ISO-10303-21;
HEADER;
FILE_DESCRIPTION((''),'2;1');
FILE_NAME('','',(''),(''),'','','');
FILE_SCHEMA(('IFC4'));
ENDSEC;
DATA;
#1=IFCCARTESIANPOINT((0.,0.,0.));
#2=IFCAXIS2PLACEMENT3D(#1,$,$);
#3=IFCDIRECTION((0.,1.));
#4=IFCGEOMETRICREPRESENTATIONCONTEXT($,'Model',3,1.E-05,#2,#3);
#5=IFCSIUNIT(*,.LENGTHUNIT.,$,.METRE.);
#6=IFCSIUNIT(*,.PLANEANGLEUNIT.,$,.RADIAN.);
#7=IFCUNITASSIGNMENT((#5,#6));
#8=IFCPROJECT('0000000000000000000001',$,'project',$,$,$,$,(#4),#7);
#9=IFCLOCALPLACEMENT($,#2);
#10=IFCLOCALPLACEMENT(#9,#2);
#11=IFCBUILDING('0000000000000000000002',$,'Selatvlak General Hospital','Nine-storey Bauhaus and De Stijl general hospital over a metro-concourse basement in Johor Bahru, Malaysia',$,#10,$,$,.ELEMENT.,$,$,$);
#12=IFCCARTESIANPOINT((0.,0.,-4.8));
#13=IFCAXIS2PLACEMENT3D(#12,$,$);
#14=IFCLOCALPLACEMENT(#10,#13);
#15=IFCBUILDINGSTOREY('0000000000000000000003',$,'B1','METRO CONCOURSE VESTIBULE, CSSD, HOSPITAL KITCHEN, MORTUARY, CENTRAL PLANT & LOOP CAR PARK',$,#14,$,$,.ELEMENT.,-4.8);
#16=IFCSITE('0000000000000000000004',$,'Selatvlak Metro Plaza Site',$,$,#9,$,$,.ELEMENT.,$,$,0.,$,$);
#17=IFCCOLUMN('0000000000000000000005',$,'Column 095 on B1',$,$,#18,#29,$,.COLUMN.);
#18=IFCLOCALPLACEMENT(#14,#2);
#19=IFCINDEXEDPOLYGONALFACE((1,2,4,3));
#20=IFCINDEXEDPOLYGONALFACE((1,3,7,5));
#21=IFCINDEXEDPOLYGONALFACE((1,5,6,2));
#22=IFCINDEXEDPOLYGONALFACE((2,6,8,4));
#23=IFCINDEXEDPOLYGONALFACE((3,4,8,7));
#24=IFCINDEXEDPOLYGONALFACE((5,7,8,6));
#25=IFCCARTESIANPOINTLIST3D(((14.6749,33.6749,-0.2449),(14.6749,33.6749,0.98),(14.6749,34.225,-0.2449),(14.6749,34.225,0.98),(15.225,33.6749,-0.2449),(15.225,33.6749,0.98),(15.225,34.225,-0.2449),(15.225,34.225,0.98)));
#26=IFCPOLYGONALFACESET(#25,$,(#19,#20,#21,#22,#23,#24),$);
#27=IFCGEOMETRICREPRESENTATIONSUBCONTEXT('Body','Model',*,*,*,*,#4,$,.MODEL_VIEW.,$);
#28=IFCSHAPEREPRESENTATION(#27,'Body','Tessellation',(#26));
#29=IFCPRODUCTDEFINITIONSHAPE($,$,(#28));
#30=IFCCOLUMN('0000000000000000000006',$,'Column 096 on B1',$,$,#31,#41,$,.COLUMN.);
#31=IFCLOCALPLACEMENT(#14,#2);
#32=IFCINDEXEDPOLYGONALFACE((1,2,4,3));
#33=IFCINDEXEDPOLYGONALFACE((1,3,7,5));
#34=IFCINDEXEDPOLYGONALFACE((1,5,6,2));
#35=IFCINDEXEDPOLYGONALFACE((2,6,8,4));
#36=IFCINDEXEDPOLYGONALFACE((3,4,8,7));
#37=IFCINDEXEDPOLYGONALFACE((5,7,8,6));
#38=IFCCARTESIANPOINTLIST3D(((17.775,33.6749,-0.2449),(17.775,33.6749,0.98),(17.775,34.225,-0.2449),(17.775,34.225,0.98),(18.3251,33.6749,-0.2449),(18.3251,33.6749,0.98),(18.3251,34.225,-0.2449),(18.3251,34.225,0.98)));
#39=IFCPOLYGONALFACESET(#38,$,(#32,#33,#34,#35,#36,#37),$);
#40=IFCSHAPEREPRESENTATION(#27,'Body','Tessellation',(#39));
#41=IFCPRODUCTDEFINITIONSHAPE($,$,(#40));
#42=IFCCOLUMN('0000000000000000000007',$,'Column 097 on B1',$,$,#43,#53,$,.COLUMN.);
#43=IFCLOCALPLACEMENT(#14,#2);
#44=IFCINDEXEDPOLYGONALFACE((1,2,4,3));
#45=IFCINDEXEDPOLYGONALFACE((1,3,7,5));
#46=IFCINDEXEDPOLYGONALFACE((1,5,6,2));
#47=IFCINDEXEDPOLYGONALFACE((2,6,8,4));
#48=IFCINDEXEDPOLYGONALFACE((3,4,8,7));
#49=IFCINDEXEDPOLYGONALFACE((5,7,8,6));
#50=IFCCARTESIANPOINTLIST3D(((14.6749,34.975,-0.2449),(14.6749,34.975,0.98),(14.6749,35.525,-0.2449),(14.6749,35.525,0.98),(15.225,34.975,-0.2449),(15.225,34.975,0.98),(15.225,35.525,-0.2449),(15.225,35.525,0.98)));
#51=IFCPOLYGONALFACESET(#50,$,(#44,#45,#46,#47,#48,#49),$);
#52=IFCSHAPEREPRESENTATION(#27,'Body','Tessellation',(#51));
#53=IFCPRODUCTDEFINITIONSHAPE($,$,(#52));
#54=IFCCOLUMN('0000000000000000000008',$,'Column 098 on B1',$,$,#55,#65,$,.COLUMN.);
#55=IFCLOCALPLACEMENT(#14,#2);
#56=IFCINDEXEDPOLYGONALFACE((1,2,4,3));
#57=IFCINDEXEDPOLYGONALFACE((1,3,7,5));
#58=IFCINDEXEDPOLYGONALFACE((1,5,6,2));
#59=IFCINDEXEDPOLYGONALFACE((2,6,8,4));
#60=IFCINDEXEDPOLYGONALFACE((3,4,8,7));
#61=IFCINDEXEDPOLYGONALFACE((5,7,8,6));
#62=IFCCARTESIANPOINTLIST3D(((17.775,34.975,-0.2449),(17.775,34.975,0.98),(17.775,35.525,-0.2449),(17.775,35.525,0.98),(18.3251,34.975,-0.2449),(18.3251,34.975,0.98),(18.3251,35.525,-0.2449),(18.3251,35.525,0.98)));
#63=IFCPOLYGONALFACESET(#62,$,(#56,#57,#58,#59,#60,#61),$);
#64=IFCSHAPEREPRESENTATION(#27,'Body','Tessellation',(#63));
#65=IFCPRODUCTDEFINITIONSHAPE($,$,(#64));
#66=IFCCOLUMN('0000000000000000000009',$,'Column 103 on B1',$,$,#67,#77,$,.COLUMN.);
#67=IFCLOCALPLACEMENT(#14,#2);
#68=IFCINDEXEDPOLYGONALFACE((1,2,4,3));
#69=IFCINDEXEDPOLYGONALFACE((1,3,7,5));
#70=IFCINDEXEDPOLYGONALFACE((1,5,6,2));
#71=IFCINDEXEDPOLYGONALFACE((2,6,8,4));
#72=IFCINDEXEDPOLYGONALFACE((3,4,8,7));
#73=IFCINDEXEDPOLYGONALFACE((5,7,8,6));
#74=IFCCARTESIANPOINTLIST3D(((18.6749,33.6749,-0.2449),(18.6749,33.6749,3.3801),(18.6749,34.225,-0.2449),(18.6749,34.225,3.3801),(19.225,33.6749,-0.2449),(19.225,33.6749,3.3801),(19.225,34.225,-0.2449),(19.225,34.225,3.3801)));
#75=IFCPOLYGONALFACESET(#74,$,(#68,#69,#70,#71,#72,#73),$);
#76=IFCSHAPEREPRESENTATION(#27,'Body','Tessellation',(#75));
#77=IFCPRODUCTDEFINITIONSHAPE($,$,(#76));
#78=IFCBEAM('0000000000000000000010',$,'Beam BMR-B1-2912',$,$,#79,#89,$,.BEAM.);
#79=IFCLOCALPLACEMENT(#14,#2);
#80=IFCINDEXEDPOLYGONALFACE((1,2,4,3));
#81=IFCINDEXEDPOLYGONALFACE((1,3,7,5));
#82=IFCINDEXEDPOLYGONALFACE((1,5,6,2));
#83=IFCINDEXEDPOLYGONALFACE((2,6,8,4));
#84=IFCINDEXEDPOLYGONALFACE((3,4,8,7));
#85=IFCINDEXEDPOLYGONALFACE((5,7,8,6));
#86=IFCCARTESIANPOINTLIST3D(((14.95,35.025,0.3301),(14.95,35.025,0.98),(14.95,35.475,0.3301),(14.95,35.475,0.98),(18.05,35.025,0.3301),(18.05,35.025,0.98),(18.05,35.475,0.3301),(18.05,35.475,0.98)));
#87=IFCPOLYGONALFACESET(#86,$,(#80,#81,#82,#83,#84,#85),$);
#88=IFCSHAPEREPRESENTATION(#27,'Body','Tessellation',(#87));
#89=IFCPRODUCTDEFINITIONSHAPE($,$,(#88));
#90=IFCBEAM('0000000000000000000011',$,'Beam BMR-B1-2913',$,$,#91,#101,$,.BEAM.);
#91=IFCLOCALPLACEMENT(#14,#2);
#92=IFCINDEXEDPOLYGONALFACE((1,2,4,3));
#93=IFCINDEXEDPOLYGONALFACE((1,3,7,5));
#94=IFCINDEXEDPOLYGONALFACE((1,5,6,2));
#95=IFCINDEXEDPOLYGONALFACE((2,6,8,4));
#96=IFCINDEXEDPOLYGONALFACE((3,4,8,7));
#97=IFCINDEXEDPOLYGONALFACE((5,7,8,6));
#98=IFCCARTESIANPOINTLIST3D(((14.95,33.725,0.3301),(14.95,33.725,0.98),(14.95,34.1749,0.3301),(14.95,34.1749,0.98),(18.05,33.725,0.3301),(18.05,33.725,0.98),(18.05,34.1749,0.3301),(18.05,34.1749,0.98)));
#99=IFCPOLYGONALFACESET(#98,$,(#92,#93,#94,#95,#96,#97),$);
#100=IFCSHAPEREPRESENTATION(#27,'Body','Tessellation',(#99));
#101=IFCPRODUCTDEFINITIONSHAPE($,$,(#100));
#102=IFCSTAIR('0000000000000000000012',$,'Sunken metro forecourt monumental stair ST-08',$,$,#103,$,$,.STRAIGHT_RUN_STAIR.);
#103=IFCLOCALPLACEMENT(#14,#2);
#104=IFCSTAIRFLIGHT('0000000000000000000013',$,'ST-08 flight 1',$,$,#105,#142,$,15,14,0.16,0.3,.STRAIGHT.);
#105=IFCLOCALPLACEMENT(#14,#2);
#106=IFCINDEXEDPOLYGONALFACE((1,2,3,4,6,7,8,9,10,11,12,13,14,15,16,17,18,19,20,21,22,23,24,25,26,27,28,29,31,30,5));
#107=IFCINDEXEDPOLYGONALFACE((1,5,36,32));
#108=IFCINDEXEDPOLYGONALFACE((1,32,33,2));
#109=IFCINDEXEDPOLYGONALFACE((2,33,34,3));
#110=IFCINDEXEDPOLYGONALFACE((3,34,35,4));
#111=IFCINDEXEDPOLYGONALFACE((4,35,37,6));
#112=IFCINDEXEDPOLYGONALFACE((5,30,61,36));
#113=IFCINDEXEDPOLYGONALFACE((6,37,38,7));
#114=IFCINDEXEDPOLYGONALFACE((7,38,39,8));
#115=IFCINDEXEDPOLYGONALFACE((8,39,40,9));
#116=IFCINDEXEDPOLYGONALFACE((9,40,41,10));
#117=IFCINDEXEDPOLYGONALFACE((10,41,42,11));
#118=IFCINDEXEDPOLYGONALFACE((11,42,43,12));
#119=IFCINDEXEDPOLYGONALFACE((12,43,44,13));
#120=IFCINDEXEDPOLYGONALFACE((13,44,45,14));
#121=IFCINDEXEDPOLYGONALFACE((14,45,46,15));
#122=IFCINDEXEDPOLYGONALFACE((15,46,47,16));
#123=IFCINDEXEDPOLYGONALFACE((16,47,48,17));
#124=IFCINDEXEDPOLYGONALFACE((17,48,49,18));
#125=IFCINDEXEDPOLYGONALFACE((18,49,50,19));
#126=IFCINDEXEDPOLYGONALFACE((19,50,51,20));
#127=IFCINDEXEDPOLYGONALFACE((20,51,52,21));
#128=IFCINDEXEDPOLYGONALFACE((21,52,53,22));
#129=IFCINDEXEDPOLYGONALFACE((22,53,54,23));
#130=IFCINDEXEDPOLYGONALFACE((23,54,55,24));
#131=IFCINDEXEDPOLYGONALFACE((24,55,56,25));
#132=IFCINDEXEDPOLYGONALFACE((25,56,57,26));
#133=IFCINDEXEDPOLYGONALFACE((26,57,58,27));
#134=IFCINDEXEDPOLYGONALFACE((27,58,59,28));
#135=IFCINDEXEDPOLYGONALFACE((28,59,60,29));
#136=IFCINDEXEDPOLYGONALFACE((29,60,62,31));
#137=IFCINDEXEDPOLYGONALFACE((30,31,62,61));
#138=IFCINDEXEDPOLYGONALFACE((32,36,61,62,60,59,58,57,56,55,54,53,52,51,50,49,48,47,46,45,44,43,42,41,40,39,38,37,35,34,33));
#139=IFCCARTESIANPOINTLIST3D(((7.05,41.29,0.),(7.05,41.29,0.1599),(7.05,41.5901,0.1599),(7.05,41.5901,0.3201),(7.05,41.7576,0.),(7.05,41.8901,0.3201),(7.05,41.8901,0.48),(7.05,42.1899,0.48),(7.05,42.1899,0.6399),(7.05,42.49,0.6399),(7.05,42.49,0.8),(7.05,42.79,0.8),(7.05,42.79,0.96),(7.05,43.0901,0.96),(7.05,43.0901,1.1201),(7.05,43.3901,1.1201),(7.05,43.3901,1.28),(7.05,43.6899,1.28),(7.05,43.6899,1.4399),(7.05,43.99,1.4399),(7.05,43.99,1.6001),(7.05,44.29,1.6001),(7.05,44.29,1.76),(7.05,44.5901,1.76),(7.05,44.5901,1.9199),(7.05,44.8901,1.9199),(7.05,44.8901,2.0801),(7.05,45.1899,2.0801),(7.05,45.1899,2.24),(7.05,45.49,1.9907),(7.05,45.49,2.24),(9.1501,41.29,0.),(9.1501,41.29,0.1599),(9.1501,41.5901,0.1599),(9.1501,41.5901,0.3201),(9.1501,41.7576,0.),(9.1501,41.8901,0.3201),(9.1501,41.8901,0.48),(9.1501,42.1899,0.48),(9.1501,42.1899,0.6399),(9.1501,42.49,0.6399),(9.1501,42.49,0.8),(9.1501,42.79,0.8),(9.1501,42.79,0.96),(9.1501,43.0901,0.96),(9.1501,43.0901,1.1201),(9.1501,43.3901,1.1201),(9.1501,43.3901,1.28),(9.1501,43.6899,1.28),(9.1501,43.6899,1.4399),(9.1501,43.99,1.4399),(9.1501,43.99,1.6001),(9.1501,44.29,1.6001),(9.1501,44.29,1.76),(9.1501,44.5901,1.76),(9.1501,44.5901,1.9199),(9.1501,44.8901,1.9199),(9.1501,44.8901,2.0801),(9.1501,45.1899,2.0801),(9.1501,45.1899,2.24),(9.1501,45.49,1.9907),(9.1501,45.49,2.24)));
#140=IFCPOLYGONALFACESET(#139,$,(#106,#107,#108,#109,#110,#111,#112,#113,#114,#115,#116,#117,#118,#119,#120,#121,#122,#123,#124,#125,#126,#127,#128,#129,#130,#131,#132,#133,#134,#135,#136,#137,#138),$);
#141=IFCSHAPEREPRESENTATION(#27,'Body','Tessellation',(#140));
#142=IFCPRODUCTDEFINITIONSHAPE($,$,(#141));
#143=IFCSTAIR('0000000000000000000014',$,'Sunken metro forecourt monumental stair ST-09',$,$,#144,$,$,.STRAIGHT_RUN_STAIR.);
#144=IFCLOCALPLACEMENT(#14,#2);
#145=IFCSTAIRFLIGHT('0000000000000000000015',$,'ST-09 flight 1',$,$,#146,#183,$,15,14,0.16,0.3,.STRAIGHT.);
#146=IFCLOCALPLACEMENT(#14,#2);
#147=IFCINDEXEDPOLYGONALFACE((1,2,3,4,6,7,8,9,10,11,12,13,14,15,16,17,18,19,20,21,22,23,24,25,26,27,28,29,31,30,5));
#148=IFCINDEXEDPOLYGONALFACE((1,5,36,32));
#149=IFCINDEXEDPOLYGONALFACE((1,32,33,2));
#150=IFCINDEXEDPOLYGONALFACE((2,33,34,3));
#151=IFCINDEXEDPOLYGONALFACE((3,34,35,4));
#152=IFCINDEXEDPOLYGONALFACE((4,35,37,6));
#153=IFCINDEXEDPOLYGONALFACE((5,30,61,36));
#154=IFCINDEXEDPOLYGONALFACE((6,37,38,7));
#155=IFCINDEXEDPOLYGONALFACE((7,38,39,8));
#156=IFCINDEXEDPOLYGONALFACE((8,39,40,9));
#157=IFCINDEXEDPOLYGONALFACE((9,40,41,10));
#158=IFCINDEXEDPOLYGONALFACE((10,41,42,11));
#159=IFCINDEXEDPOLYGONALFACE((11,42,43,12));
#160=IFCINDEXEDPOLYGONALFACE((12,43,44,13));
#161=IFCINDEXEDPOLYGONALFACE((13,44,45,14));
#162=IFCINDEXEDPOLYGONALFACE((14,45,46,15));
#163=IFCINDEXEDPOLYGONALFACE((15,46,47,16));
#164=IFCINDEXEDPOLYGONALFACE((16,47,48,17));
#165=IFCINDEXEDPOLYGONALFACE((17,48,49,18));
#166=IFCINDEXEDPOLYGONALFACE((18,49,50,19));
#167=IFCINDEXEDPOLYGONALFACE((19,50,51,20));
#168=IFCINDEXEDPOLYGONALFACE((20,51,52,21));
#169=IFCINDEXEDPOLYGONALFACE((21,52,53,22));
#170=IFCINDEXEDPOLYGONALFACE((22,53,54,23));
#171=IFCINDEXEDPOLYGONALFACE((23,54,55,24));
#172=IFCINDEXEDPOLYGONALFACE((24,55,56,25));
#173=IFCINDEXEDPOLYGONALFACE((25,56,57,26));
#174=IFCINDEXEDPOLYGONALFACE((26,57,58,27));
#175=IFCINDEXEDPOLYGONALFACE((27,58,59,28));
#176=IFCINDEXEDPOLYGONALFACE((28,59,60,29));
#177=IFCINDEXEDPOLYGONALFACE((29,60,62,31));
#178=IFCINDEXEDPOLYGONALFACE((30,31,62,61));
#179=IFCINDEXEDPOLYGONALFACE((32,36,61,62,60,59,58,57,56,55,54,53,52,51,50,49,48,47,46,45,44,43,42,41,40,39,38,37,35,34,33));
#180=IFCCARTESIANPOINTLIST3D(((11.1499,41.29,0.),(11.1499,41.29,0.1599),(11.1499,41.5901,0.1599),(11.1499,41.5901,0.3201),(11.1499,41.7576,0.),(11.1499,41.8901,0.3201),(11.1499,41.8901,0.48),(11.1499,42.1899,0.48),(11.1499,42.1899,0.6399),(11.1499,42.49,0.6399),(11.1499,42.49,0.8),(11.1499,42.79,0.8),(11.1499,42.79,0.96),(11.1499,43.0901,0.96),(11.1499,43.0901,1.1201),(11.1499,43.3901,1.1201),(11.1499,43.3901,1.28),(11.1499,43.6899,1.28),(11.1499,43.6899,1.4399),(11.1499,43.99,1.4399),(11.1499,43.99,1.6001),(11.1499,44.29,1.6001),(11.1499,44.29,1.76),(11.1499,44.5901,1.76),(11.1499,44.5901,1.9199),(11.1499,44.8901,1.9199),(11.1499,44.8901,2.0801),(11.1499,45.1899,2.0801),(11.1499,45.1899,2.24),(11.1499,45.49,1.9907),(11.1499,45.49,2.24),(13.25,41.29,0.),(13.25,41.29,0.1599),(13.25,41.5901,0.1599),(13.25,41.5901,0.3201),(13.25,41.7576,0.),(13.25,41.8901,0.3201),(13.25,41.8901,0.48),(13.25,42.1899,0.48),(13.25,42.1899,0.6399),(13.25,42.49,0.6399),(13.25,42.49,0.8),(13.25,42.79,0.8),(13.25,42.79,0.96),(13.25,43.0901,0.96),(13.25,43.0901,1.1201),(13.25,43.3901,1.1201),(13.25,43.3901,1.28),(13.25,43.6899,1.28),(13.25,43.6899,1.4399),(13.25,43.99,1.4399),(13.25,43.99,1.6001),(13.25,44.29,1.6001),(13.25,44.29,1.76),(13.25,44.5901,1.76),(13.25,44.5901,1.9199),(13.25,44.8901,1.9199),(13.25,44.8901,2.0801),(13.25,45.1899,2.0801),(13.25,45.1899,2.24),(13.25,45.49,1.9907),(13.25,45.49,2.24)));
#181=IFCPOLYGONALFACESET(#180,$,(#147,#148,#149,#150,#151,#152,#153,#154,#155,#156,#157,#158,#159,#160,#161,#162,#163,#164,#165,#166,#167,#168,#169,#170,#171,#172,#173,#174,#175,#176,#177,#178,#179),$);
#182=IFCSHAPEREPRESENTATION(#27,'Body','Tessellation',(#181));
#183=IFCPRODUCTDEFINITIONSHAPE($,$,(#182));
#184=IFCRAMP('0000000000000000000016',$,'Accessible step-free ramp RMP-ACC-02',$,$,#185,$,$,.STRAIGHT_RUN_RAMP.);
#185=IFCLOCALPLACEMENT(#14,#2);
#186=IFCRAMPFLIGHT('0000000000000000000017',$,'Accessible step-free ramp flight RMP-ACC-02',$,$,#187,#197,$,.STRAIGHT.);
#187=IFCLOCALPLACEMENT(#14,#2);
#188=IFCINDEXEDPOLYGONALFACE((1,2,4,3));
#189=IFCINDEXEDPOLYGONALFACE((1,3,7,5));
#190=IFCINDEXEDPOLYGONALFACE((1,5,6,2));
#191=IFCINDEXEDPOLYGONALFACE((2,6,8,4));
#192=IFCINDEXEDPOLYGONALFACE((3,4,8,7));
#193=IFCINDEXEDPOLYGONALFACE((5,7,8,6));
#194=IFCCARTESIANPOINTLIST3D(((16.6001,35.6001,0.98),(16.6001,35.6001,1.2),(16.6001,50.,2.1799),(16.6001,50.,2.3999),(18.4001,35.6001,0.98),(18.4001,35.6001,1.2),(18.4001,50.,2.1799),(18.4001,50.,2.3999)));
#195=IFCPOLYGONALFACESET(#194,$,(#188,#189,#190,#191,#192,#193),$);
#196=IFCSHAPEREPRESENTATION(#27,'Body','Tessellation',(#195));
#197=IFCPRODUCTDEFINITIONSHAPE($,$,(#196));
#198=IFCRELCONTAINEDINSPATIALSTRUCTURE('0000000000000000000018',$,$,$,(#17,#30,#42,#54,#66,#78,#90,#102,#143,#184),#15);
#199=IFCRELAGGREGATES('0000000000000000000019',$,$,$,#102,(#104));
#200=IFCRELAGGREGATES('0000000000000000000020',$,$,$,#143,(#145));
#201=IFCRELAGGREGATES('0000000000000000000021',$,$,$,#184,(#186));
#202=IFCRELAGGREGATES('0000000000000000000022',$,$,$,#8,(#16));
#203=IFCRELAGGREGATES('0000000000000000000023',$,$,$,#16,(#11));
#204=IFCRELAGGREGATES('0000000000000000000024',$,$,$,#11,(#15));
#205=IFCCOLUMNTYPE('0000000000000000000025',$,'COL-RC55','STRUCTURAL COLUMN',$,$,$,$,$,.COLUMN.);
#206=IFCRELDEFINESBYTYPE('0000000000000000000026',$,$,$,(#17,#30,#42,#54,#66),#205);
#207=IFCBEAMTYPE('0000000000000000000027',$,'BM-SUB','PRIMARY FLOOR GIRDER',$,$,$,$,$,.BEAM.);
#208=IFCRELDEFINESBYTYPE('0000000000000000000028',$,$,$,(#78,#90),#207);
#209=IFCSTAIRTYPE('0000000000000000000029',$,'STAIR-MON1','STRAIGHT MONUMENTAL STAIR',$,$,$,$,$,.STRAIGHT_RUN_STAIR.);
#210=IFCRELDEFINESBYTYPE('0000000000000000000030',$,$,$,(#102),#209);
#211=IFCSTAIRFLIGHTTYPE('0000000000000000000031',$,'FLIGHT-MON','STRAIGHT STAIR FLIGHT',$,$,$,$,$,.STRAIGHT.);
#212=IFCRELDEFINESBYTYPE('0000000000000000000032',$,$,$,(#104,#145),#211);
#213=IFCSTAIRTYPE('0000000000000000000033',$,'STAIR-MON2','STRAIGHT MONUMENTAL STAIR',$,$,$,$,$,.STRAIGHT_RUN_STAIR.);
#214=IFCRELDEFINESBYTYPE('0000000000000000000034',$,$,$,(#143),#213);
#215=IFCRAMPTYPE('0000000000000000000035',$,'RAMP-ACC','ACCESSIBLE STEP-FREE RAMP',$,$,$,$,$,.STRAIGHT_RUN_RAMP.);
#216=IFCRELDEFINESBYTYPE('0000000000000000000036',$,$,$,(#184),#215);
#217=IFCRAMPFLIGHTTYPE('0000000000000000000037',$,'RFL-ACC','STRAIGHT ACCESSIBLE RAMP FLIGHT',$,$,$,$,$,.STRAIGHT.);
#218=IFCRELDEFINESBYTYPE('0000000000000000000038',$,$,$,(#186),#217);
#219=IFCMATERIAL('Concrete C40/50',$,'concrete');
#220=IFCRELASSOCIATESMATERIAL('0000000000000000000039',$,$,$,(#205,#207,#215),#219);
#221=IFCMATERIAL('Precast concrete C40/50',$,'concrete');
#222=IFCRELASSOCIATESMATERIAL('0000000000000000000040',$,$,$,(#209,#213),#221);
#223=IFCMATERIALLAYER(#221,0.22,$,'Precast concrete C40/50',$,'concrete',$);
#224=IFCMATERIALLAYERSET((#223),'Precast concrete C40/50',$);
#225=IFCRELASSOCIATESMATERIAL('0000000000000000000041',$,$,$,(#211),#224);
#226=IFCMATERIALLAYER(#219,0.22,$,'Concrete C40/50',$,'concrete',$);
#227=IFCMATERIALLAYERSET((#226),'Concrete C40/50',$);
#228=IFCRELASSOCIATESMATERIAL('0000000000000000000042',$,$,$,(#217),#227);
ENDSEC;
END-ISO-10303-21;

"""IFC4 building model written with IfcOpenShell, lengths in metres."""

from ifc_helpers import new_model, si_unit, direction, frame, origin, origin_2d, place, context, subcontext, project, spatial, polyline, rectangle, outline, extrude, material, layer, layer_set, material_profile, profile_set, type_object, element, aggregate, save


model = new_model("IFC4")

# Units and contexts
model_context = context("Model", 3, precision=1e-05, world=origin(), true_north=direction((0.0, 1.0)))
body_context = subcontext(model_context, "Body", "Model", "MODEL_VIEW")
ifc_project = project(units=[si_unit("LENGTHUNIT", "METRE"), si_unit("PLANEANGLEUNIT", "RADIAN")], contexts=[model_context])

# Site, building, storey
site_placement = place(None, origin())
site = spatial("IfcSite", under=ifc_project, at=site_placement, Name="Selatvlak Metro Plaza Site", CompositionType="ELEMENT", RefElevation=0.0)
building_placement = place(site_placement, origin())
building = spatial("IfcBuilding", under=site, at=building_placement, Name="Selatvlak General Hospital", Description="Nine-storey Bauhaus and De Stijl general hospital over a metro-concourse basement in Johor Bahru, Malaysia", CompositionType="ELEMENT")
storey_placement = place(building_placement, frame((0.0, 0.0, -4.8)))
storey = spatial("IfcBuildingStorey", under=building, at=storey_placement, Name="B1", Description="METRO CONCOURSE VESTIBULE, CSSD, HOSPITAL KITCHEN, MORTUARY, CENTRAL PLANT & LOOP CAR PARK", CompositionType="ELEMENT", Elevation=-4.8)

# Shared definitions
ifc_material_1 = material(Name="Concrete C40/50", Category="concrete")

# Columns
ifc_material_profile_1 = material_profile(ifc_material_1, rectangle(XDim=0.55, YDim=0.55, at=origin_2d()), Name="RC-COL 550x550")
ifc_profile_set_1 = profile_set([ifc_material_profile_1], Name="Concrete C40/50")
column_type = type_object("IfcColumnType", Name="COL-RC55", Description="STRUCTURAL COLUMN", PredefinedType="COLUMN", material=ifc_profile_set_1)
for number, where, z_axis, x_axis, name in (
    (1, (14.95, 33.95, -0.2449), (0.0, 0.0, 1.0), (1.0, 0.0, 0.0), "Column 095 on B1"),
    (2, (18.05, 33.95, -0.2449), (0.0, 0.0, 1.0), (1.0, 0.0, 0.0), "Column 096 on B1"),
    (3, (14.95, 35.25, -0.2449), (0.0, 0.0, 1.0), (1.0, 0.0, 0.0), "Column 097 on B1"),
    (4, (18.05, 35.25, -0.2449), (0.0, 0.0, 1.0), (1.0, 0.0, 0.0), "Column 098 on B1"),
):
    element("IfcColumn", number, at=place(storey_placement, frame(where, z_axis=z_axis, x_axis=x_axis)), inside=storey, type_object=column_type, Name=name, PredefinedType="COLUMN", context=body_context, shape_type="SweptSolid", body=[
        extrude(rectangle(XDim=0.55, YDim=0.55, at=origin_2d()), origin(), (0.0, 0.0, 1.0), 1.2249),
    ])
column_placement = place(storey_placement, frame((18.95, 33.95, -0.2449), z_axis=(0.0, 0.0, 1.0), x_axis=(1.0, 0.0, 0.0)))
element("IfcColumn", 5, at=column_placement, inside=storey, type_object=column_type, Name="Column 103 on B1", PredefinedType="COLUMN", context=body_context, shape_type="SweptSolid", body=[
    extrude(rectangle(XDim=0.55, YDim=0.55, at=origin_2d()), origin(), (0.0, 0.0, 1.0), 3.625),
])

# Beams
ifc_material_profile_2 = material_profile(ifc_material_1, rectangle(XDim=0.45, YDim=0.6499, at=origin_2d()), Name="RC-BM 450x650")
ifc_profile_set_2 = profile_set([ifc_material_profile_2], Name="Concrete C40/50")
beam_type = type_object("IfcBeamType", Name="BM-SUB", Description="PRIMARY FLOOR GIRDER", PredefinedType="BEAM", material=ifc_profile_set_2)
for number, where, z_axis, x_axis, name in (
    (6, (14.95, 35.25, 0.655), (1.0, 0.0, 0.0), (0.0, 1.0, 0.0), "Beam BMR-B1-2912"),
    (7, (14.95, 33.95, 0.655), (1.0, 0.0, 0.0), (0.0, 1.0, 0.0), "Beam BMR-B1-2913"),
):
    element("IfcBeam", number, at=place(storey_placement, frame(where, z_axis=z_axis, x_axis=x_axis)), inside=storey, type_object=beam_type, Name=name, PredefinedType="BEAM", context=body_context, shape_type="SweptSolid", body=[
        extrude(rectangle(XDim=0.45, YDim=0.6499, at=origin_2d()), origin(), (0.0, 0.0, 1.0), 3.1001),
    ])

# Stairs, stair flights
ifc_material_2 = material(Name="Precast concrete C40/50", Category="concrete")
stair_type_1 = type_object("IfcStairType", Name="STAIR-MON1", Description="STRAIGHT MONUMENTAL STAIR", PredefinedType="STRAIGHT_RUN_STAIR", material=ifc_material_2)
stair_1_placement = place(storey_placement, origin())
stair_1 = element("IfcStair", 8, at=stair_1_placement, inside=storey, type_object=stair_type_1, Name="Sunken metro forecourt monumental stair ST-08", PredefinedType="STRAIGHT_RUN_STAIR")
ifc_layer_1 = layer(ifc_material_2, 0.22, Name="Precast concrete C40/50", Category="concrete")
ifc_layer_set_1 = layer_set([ifc_layer_1], Name="Precast concrete C40/50")
stair_flight_type = type_object("IfcStairFlightType", Name="FLIGHT-MON", Description="STRAIGHT STAIR FLIGHT", PredefinedType="STRAIGHT", material=ifc_layer_set_1)
stair_flight_1_placement = place(storey_placement, frame((8.1001, 41.29, 0.0), z_axis=(0.0, 0.0, 1.0), x_axis=(0.0, 1.0, 0.0)))
stair_flight_1 = element("IfcStairFlight", 9, at=stair_flight_1_placement, type_object=stair_flight_type, Name="ST-08 flight 1", NumberOfRisers=15, NumberOfTreads=14, PredefinedType="STRAIGHT", RiserHeight=0.16, TreadLength=0.3, context=body_context, shape_type="SweptSolid", body=[
    extrude(outline(polyline([(0.0, 0.0), (0.0, 0.1599), (0.3, 0.1599), (0.3, 0.3201), (0.6001, 0.3201), (0.6001, 0.48), (0.8999, 0.48), (0.8999, 0.6399), (1.2, 0.6399), (1.2, 0.8), (1.5, 0.8), (1.5, 0.96), (1.8, 0.96), (1.8, 1.1201), (2.1001, 1.1201), (2.1001, 1.28), (2.3999, 1.28), (2.3999, 1.4399), (2.7, 1.4399), (2.7, 1.6001), (3.0, 1.6001), (3.0, 1.76), (3.3, 1.76), (3.3, 1.9199), (3.6001, 1.9199), (3.6001, 2.0801), (3.8999, 2.0801), (3.8999, 2.24), (4.2, 2.24), (4.2, 2.3999), (4.2, 1.9907), (0.4675, 0.0), (0.0, 0.0)])), frame((0.0, 1.05, 0.0), z_axis=(0.0, -1.0, 0.0), x_axis=(1.0, 0.0, 0.0)), (0.0, 0.0, 1.0), 2.1001),
])
aggregate(stair_1, [stair_flight_1])
stair_type_2 = type_object("IfcStairType", Name="STAIR-MON2", Description="STRAIGHT MONUMENTAL STAIR", PredefinedType="STRAIGHT_RUN_STAIR", material=ifc_material_2)
stair_2_placement = place(storey_placement, origin())
stair_2 = element("IfcStair", 10, at=stair_2_placement, inside=storey, type_object=stair_type_2, Name="Sunken metro forecourt monumental stair ST-09", PredefinedType="STRAIGHT_RUN_STAIR")
stair_flight_2_placement = place(storey_placement, frame((12.2, 41.29, 0.0), z_axis=(0.0, 0.0, 1.0), x_axis=(0.0, 1.0, 0.0)))
stair_flight_2 = element("IfcStairFlight", 11, at=stair_flight_2_placement, type_object=stair_flight_type, Name="ST-09 flight 1", NumberOfRisers=15, NumberOfTreads=14, PredefinedType="STRAIGHT", RiserHeight=0.16, TreadLength=0.3, context=body_context, shape_type="SweptSolid", body=[
    extrude(outline(polyline([(0.0, 0.0), (0.0, 0.1599), (0.3, 0.1599), (0.3, 0.3201), (0.6001, 0.3201), (0.6001, 0.48), (0.8999, 0.48), (0.8999, 0.6399), (1.2, 0.6399), (1.2, 0.8), (1.5, 0.8), (1.5, 0.96), (1.8, 0.96), (1.8, 1.1201), (2.1001, 1.1201), (2.1001, 1.28), (2.3999, 1.28), (2.3999, 1.4399), (2.7, 1.4399), (2.7, 1.6001), (3.0, 1.6001), (3.0, 1.76), (3.3, 1.76), (3.3, 1.9199), (3.6001, 1.9199), (3.6001, 2.0801), (3.8999, 2.0801), (3.8999, 2.24), (4.2, 2.24), (4.2, 2.3999), (4.2, 1.9907), (0.4675, 0.0), (0.0, 0.0)])), frame((0.0, 1.05, 0.0), z_axis=(0.0, -1.0, 0.0), x_axis=(1.0, 0.0, 0.0)), (0.0, 0.0, 1.0), 2.1001),
])
aggregate(stair_2, [stair_flight_2])

# Ramp, ramp flight
ramp_type = type_object("IfcRampType", Name="RAMP-ACC", Description="ACCESSIBLE STEP-FREE RAMP", PredefinedType="STRAIGHT_RUN_RAMP", material=ifc_material_1)
ramp_placement = place(storey_placement, origin())
ramp = element("IfcRamp", 12, at=ramp_placement, inside=storey, type_object=ramp_type, Name="Accessible step-free ramp RMP-ACC-02", PredefinedType="STRAIGHT_RUN_RAMP")
ifc_layer_2 = layer(ifc_material_1, 0.22, Name="Concrete C40/50", Category="concrete")
ifc_layer_set_2 = layer_set([ifc_layer_2], Name="Concrete C40/50")
ramp_flight_type = type_object("IfcRampFlightType", Name="RFL-ACC", Description="STRAIGHT ACCESSIBLE RAMP FLIGHT", PredefinedType="STRAIGHT", material=ifc_layer_set_2)
ramp_flight_placement = place(storey_placement, frame((17.5, 35.6001, 1.2), z_axis=(0.0, 0.0, 1.0), x_axis=(0.0, 1.0, 0.0)))
ramp_flight = element("IfcRampFlight", 13, at=ramp_flight_placement, type_object=ramp_flight_type, Name="Accessible step-free ramp flight RMP-ACC-02", PredefinedType="STRAIGHT", context=body_context, shape_type="SweptSolid", body=[
    extrude(outline(polyline([(0.0, -0.22), (14.3999, 0.98), (14.3999, 1.2), (0.0, 0.0), (0.0, -0.22)])), frame((0.0, 0.8999, 0.0), z_axis=(0.0, -1.0, 0.0), x_axis=(1.0, 0.0, 0.0)), (0.0, 0.0, 1.0), 1.8),
])
aggregate(ramp, [ramp_flight])

save(model, "model.ifc")
